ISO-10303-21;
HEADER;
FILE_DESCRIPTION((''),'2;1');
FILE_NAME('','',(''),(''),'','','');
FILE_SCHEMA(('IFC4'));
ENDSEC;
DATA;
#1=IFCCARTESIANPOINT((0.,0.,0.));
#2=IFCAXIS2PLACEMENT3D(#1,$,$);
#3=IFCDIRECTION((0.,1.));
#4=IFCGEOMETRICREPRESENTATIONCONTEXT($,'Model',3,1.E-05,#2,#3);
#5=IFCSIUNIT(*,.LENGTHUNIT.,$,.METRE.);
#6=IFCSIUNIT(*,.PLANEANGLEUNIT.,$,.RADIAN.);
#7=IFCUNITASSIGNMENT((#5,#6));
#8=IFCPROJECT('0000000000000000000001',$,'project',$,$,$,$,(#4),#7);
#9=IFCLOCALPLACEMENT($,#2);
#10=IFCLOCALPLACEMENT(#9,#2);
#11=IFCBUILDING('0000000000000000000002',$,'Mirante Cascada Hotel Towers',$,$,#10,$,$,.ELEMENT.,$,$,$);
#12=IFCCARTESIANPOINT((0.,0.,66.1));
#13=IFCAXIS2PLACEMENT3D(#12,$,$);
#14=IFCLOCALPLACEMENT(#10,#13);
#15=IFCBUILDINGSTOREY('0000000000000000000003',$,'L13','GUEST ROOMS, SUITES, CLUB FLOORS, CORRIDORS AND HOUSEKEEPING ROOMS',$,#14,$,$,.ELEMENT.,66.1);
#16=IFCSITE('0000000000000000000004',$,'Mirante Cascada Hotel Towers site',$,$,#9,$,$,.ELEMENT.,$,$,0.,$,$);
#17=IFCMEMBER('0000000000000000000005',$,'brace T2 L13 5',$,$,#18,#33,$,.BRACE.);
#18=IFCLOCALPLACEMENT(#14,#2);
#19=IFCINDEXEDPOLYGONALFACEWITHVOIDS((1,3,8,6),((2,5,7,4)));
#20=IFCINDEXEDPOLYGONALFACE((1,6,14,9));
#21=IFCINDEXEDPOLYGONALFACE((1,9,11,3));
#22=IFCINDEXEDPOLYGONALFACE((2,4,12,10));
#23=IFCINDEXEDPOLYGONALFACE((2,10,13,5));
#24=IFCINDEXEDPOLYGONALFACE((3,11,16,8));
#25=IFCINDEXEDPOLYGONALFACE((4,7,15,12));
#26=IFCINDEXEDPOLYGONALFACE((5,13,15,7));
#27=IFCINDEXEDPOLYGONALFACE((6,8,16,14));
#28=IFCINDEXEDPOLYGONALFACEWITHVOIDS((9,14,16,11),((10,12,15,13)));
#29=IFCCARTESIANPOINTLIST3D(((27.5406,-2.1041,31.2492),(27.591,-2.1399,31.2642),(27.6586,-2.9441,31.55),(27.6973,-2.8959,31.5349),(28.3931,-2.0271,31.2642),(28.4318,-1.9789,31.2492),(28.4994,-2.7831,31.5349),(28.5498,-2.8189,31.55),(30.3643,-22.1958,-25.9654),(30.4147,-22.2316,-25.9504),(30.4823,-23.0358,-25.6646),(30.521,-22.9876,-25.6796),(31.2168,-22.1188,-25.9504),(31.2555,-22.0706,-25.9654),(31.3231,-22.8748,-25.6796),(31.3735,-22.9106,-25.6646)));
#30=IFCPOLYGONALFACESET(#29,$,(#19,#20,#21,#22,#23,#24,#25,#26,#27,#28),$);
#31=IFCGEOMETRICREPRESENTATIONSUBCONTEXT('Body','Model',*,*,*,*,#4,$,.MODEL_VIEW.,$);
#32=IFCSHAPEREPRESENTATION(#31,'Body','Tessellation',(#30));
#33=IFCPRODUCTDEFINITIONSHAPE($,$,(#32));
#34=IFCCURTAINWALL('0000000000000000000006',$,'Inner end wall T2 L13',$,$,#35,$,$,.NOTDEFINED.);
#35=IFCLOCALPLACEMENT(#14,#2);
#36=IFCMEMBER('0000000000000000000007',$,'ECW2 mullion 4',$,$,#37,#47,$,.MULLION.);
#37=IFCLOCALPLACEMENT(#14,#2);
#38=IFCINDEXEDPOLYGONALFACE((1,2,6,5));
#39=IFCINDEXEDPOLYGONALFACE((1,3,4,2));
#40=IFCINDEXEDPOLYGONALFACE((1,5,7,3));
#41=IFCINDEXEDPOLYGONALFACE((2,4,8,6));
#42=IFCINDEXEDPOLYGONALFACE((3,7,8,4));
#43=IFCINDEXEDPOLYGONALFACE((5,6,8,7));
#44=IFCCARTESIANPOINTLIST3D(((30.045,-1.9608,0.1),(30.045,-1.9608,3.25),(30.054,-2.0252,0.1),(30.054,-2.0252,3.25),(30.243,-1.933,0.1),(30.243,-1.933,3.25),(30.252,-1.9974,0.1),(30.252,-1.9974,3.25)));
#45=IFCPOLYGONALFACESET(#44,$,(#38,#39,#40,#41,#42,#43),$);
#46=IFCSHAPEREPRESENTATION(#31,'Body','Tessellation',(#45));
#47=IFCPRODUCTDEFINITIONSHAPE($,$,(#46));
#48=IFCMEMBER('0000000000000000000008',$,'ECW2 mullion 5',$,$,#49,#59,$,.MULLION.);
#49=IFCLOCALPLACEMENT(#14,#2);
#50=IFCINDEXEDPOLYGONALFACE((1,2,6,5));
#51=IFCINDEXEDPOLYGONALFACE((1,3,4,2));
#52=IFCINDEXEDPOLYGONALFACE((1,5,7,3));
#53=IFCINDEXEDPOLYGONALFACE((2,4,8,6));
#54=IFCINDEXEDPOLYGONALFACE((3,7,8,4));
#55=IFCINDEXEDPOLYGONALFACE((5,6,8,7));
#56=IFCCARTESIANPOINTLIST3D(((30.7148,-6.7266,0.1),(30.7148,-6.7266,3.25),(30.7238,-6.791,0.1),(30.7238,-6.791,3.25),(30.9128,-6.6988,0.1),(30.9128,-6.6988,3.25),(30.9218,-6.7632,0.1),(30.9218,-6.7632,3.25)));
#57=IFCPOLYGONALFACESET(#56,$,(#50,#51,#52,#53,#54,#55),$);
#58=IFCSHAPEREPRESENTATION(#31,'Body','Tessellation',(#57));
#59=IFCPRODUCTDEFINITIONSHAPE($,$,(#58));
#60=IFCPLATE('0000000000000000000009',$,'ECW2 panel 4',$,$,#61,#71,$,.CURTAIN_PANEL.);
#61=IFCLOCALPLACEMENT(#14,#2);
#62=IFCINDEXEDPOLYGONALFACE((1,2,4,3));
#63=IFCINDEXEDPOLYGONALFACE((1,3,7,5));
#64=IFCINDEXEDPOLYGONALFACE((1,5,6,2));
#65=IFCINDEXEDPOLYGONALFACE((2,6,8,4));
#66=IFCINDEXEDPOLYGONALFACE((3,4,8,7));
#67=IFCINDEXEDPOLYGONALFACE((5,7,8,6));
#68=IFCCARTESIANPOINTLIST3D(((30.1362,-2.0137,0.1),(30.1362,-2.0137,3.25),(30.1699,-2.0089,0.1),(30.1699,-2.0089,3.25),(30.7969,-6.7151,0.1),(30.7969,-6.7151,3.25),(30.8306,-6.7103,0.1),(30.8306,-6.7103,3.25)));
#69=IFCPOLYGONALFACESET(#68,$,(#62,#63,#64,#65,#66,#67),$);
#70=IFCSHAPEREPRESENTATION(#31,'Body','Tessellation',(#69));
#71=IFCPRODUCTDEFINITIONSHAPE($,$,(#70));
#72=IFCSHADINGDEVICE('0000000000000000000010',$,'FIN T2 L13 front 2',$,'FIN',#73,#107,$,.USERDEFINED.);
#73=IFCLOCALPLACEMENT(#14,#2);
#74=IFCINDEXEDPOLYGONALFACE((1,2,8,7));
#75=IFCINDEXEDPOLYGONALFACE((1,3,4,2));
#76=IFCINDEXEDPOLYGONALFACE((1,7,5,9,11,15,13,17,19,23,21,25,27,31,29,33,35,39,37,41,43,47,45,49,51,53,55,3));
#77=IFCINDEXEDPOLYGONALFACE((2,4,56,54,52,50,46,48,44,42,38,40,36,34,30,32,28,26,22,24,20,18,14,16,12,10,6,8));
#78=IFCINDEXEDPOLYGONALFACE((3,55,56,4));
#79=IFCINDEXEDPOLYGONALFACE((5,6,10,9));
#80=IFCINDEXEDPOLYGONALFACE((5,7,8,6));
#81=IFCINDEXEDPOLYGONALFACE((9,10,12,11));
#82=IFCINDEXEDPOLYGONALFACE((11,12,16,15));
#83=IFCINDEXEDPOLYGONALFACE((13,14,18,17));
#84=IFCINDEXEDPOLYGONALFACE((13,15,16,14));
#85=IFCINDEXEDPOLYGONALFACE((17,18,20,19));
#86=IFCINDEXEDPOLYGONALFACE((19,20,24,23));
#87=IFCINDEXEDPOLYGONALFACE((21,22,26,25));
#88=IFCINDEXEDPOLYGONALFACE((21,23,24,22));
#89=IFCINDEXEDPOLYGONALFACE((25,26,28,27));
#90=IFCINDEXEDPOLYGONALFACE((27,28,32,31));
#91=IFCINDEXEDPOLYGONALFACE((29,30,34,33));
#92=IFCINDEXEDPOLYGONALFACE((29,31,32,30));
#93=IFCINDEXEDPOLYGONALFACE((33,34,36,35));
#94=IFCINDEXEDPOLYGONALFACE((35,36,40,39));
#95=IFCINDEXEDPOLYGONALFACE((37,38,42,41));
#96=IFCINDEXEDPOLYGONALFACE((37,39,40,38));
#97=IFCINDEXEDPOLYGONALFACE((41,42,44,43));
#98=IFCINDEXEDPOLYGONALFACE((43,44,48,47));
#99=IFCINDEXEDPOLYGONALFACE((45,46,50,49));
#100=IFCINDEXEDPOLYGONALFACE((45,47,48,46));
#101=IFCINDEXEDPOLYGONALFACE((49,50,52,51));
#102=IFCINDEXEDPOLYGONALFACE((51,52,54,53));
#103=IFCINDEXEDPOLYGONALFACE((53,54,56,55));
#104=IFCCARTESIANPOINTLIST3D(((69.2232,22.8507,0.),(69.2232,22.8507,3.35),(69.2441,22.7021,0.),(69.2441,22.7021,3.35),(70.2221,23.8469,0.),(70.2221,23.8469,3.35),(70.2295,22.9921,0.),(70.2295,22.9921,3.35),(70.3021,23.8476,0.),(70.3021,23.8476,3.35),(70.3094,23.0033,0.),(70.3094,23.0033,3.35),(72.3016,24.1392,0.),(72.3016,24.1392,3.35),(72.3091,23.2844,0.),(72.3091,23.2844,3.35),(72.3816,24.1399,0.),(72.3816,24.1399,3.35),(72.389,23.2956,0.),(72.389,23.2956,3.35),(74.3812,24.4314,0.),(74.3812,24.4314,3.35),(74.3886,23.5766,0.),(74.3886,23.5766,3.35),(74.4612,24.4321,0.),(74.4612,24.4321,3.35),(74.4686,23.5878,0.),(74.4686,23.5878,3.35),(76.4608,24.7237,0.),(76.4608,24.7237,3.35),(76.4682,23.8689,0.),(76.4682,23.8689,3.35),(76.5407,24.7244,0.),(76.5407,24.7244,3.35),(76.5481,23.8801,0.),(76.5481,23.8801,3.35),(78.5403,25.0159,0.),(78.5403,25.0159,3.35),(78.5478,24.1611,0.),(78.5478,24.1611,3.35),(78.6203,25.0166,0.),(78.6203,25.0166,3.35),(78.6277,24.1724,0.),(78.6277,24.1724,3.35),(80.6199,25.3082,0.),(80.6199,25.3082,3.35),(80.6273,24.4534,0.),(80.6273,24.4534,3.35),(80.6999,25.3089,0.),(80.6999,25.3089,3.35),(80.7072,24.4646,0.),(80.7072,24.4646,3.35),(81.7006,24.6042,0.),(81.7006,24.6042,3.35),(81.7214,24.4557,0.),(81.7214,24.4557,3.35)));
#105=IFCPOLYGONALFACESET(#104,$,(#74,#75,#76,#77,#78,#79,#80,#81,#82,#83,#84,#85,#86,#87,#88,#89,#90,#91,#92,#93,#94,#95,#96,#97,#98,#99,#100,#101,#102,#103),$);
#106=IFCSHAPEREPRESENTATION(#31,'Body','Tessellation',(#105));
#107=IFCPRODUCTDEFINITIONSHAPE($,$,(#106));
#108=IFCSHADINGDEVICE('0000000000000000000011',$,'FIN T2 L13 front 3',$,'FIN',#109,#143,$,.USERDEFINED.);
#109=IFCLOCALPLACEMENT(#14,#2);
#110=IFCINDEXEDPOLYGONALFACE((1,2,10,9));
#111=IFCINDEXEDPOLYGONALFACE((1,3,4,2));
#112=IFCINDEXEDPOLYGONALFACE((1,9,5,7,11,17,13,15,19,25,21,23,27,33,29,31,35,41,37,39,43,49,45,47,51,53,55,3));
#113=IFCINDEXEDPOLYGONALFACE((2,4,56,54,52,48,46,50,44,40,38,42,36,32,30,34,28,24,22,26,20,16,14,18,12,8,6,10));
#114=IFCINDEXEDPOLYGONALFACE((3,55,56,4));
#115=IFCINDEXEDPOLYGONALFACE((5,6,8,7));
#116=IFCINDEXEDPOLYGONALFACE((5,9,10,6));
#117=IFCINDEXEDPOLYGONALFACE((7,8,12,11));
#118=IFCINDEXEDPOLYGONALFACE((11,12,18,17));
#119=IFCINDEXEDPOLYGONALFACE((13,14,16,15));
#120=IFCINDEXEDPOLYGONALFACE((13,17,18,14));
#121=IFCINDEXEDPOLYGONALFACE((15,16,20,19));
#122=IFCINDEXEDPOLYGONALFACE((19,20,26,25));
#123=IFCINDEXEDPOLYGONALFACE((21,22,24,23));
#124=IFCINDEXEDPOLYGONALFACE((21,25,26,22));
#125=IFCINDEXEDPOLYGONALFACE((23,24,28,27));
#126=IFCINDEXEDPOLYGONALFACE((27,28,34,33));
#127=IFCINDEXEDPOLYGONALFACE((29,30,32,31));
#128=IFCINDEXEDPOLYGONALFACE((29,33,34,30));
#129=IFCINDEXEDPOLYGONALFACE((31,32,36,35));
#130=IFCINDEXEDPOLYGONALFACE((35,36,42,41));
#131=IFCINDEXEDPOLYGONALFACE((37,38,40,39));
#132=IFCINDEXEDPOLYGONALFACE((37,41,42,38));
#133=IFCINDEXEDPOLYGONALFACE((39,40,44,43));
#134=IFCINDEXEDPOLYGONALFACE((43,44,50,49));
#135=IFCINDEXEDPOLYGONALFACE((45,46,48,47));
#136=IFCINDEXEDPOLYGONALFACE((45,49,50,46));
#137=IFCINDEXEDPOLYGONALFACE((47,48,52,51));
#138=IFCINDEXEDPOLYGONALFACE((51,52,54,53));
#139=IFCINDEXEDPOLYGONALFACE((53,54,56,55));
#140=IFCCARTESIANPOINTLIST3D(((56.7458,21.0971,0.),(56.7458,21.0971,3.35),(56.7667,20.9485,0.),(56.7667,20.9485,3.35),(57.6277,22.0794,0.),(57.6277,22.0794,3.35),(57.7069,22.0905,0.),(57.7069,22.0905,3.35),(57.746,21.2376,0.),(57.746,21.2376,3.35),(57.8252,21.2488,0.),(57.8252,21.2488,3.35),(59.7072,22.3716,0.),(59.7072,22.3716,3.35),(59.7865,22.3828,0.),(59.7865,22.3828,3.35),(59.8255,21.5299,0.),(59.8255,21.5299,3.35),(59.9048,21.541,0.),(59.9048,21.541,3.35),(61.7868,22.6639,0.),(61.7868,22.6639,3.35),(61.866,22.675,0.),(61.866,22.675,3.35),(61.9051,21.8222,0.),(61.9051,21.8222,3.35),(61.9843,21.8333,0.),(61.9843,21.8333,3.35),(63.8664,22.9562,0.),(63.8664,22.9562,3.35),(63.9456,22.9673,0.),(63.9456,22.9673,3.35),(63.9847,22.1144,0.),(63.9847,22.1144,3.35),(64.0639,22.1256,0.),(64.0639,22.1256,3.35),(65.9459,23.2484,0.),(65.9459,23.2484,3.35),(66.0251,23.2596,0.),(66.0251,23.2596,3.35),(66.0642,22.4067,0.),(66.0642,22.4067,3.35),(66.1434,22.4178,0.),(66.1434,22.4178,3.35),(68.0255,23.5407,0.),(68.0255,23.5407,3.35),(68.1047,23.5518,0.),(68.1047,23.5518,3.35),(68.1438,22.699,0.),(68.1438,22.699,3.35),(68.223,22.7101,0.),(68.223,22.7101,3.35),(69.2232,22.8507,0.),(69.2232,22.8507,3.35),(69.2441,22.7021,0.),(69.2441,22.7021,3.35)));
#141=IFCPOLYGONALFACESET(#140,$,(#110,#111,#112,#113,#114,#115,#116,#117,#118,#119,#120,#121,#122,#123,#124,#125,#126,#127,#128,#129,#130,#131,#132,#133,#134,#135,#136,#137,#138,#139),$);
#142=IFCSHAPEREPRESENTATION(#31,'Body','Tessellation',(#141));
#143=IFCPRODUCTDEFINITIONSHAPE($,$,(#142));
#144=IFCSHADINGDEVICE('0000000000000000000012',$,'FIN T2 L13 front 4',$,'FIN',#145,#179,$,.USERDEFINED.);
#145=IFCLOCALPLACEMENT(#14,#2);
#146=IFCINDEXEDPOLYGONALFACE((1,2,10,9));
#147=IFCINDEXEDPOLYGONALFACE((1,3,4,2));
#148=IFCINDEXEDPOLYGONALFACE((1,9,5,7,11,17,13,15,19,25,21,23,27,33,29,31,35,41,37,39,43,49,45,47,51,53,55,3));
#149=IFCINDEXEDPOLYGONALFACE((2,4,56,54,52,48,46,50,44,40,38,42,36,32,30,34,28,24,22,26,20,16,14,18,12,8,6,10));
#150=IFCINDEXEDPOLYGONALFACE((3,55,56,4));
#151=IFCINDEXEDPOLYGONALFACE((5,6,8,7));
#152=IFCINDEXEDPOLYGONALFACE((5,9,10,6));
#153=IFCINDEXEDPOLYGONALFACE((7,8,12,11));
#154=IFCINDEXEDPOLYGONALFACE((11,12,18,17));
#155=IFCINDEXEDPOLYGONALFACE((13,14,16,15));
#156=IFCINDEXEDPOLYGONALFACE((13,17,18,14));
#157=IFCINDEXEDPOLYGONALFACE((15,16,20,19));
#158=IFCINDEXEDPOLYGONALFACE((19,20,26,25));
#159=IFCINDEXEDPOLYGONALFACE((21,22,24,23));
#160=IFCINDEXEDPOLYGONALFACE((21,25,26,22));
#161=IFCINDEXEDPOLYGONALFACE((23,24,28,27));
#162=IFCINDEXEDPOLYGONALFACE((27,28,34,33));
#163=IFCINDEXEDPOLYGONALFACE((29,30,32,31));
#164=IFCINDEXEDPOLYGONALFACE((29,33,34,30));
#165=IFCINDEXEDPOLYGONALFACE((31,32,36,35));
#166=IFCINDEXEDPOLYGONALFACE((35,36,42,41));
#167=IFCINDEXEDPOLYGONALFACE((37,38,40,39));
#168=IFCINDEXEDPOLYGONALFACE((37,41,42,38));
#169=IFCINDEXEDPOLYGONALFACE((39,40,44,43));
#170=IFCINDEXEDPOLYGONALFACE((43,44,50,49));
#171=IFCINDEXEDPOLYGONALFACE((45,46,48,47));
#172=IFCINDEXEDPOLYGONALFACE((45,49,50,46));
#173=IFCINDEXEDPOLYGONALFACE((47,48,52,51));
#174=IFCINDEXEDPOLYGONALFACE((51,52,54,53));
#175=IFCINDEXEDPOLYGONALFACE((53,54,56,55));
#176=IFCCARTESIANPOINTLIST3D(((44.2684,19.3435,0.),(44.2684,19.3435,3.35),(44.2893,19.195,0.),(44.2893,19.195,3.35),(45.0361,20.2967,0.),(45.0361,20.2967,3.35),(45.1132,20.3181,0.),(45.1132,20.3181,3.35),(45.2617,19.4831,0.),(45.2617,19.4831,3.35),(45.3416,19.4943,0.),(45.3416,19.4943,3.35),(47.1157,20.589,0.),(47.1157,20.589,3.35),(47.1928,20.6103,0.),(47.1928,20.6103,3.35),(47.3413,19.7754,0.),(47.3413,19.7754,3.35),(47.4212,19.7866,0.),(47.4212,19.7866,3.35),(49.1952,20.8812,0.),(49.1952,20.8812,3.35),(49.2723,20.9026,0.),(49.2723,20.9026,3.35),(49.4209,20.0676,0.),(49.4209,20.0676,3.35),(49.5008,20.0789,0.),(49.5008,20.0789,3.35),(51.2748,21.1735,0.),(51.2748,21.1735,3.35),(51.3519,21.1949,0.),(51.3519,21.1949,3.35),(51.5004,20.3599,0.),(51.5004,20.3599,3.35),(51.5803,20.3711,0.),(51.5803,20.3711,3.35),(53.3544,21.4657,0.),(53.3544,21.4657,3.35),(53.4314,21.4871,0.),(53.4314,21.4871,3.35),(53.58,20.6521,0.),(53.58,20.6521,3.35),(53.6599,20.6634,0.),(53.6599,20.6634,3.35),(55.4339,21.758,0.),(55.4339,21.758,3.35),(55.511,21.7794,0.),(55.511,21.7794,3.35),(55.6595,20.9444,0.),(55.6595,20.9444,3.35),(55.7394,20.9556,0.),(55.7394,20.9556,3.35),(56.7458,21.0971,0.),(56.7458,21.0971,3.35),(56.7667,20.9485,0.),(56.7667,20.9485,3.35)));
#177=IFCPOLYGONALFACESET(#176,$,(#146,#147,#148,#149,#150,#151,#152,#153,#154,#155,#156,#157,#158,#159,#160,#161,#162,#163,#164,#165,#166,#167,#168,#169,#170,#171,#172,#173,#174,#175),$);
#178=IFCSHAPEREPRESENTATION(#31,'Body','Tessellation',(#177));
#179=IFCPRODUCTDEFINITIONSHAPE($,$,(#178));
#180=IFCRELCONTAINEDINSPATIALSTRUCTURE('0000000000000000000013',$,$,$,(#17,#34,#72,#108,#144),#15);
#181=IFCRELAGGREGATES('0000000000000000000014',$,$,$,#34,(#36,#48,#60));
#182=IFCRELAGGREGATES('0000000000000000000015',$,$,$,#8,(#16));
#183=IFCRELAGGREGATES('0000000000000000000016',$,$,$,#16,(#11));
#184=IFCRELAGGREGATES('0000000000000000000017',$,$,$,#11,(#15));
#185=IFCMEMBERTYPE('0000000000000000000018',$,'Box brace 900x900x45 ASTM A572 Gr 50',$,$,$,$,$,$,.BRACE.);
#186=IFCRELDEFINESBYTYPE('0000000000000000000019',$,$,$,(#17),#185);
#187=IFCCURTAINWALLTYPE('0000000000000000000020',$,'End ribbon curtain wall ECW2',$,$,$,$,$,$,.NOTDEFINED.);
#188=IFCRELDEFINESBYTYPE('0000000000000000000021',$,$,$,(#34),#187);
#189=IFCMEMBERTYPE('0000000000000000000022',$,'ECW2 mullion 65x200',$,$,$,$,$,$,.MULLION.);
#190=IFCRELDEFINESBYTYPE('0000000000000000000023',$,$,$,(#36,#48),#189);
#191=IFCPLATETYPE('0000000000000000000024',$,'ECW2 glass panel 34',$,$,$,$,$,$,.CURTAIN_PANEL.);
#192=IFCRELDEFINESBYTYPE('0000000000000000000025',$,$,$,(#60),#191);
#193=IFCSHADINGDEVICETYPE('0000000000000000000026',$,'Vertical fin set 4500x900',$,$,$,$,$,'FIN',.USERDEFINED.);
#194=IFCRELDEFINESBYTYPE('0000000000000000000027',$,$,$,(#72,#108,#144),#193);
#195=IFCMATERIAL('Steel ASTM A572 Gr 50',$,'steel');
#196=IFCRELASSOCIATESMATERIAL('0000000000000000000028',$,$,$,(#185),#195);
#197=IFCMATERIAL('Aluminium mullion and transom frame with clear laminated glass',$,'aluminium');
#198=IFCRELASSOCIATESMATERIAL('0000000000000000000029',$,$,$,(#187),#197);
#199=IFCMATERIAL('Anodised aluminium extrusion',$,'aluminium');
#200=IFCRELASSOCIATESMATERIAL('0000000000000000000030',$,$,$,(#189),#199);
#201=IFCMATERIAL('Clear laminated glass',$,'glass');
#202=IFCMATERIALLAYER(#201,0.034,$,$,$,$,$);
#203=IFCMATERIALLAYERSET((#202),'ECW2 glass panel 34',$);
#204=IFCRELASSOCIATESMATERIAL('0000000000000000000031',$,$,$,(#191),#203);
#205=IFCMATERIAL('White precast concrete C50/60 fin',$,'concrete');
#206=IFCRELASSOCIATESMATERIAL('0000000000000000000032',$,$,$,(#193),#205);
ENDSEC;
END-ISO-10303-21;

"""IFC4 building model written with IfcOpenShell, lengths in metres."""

from ifc_helpers import new_model, si_unit, direction, frame, origin, origin_2d, place, context, subcontext, project, spatial, polyline, rectangle, hollow_rectangle, outline, extrude, material, layer, layer_set, material_profile, profile_set, type_object, element, aggregate, save


model = new_model("IFC4")

# Units and contexts
model_context = context("Model", 3, precision=1e-05, world=origin(), true_north=direction((0.0, 1.0)))
body_context = subcontext(model_context, "Body", "Model", "MODEL_VIEW")
ifc_project = project(units=[si_unit("LENGTHUNIT", "METRE"), si_unit("PLANEANGLEUNIT", "RADIAN")], contexts=[model_context])

# Site, building, storey
site_placement = place(None, origin())
site = spatial("IfcSite", under=ifc_project, at=site_placement, Name="Mirante Cascada Hotel Towers site", CompositionType="ELEMENT", RefElevation=0.0)
building_placement = place(site_placement, origin())
building = spatial("IfcBuilding", under=site, at=building_placement, Name="Mirante Cascada Hotel Towers", CompositionType="ELEMENT")
storey_placement = place(building_placement, frame((0.0, 0.0, 66.1)))
storey = spatial("IfcBuildingStorey", under=building, at=storey_placement, Name="L13", Description="GUEST ROOMS, SUITES, CLUB FLOORS, CORRIDORS AND HOUSEKEEPING ROOMS", CompositionType="ELEMENT", Elevation=66.1)

# Member
ifc_material_1 = material(Name="Steel ASTM A572 Gr 50", Category="steel")
ifc_material_profile_1 = material_profile(ifc_material_1, hollow_rectangle(XDim=0.9, YDim=0.9, WallThickness=0.045, at=origin_2d()), Name="Box brace 900x900x45 ASTM A572 Gr 50")
ifc_profile_set_1 = profile_set([ifc_material_profile_1], Name="Steel ASTM A572 Gr 50")
member_type_1 = type_object("IfcMemberType", Name="Box brace 900x900x45 ASTM A572 Gr 50", PredefinedType="BRACE", material=ifc_profile_set_1)
member_1_placement = place(storey_placement, frame((30.8689, -22.5532, -25.815), z_axis=(-0.046515, 0.33097, 0.942494), x_axis=(-0.990268, -0.139173, 0.0)))
element("IfcMember", 1, at=member_1_placement, inside=storey, type_object=member_type_1, Name="brace T2 L13 5", PredefinedType="BRACE", context=body_context, shape_type="SweptSolid", body=[
    extrude(hollow_rectangle(XDim=0.9, YDim=0.9, WallThickness=0.045, at=origin_2d()), origin(), (0.0, 0.0, 1.0), 60.7055),
])

# Curtain wall, members, plate
ifc_material_2 = material(Name="Aluminium mullion and transom frame with clear laminated glass", Category="aluminium")
curtain_wall_type = type_object("IfcCurtainWallType", Name="End ribbon curtain wall ECW2", PredefinedType="NOTDEFINED", material=ifc_material_2)
curtain_wall_placement = place(storey_placement, origin())
curtain_wall = element("IfcCurtainWall", 2, at=curtain_wall_placement, inside=storey, type_object=curtain_wall_type, Name="Inner end wall T2 L13", PredefinedType="NOTDEFINED")
ifc_material_3 = material(Name="Anodised aluminium extrusion", Category="aluminium")
ifc_material_profile_2 = material_profile(ifc_material_3, rectangle(XDim=0.2, YDim=0.065, at=origin_2d()), Name="ECW2 MULLION 65x200")
ifc_profile_set_2 = profile_set([ifc_material_profile_2], Name="Anodised aluminium extrusion")
member_type_2 = type_object("IfcMemberType", Name="ECW2 mullion 65x200", PredefinedType="MULLION", material=ifc_profile_set_2)
member_2_placement = place(storey_placement, frame((30.1485, -1.9791, 0.1), z_axis=(0.0, 0.0, 1.0), x_axis=(0.990268, 0.139173, 0.0)))
member_2 = element("IfcMember", 3, at=member_2_placement, type_object=member_type_2, Name="ECW2 mullion 4", PredefinedType="MULLION", context=body_context, shape_type="SweptSolid", body=[
    extrude(rectangle(XDim=0.2, YDim=0.065, at=origin_2d()), origin(), (0.0, 0.0, 1.0), 3.15),
])
member_3_placement = place(storey_placement, frame((30.8183, -6.7449, 0.1), z_axis=(0.0, 0.0, 1.0), x_axis=(0.990268, 0.139173, 0.0)))
member_3 = element("IfcMember", 4, at=member_3_placement, type_object=member_type_2, Name="ECW2 mullion 5", PredefinedType="MULLION", context=body_context, shape_type="SweptSolid", body=[
    extrude(rectangle(XDim=0.2, YDim=0.065, at=origin_2d()), origin(), (0.0, 0.0, 1.0), 3.15),
])
ifc_material_4 = material(Name="Clear laminated glass", Category="glass")
ifc_layer = layer(ifc_material_4, 0.034)
ifc_layer_set = layer_set([ifc_layer], Name="ECW2 glass panel 34")
plate_type = type_object("IfcPlateType", Name="ECW2 glass panel 34", PredefinedType="CURTAIN_PANEL", material=ifc_layer_set)
plate_placement = place(storey_placement, frame((30.4834, -4.362, 0.1), z_axis=(0.0, 0.0, 1.0), x_axis=(0.139173, -0.990268, 0.0)))
plate = element("IfcPlate", 5, at=plate_placement, type_object=plate_type, Name="ECW2 panel 4", PredefinedType="CURTAIN_PANEL", context=body_context, shape_type="SweptSolid", body=[
    extrude(rectangle(XDim=4.7476, YDim=0.034, at=origin_2d()), origin(), (0.0, 0.0, 1.0), 3.15),
])
aggregate(curtain_wall, [member_2, member_3, plate])

# Shading devices
ifc_material_5 = material(Name="White precast concrete C50/60 fin", Category="concrete")
shading_device_type = type_object("IfcShadingDeviceType", Name="Vertical fin set 4500x900", ElementType="FIN", PredefinedType="USERDEFINED", material=ifc_material_5)
shading_device_1_placement = place(storey_placement, origin())
element("IfcShadingDevice", 6, at=shading_device_1_placement, inside=storey, type_object=shading_device_type, Name="FIN T2 L13 front 2", ObjectType="FIN", PredefinedType="USERDEFINED", context=body_context, shape_type="SweptSolid", body=[
    extrude(outline(polyline([(70.3021, 23.8476), (70.3094, 23.0033), (72.3091, 23.2844), (72.3016, 24.1392), (72.3816, 24.1399), (72.389, 23.2956), (74.3886, 23.5766), (74.3812, 24.4314), (74.4612, 24.4321), (74.4686, 23.5878), (76.4682, 23.8689), (76.4608, 24.7237), (76.5407, 24.7244), (76.5481, 23.8801), (78.5478, 24.1611), (78.5403, 25.0159), (78.6203, 25.0166), (78.6277, 24.1724), (80.6273, 24.4534), (80.6199, 25.3082), (80.6999, 25.3089), (80.7072, 24.4646), (81.7006, 24.6042), (81.7214, 24.4557), (69.2441, 22.7021), (69.2232, 22.8507), (70.2295, 22.9921), (70.2221, 23.8469), (70.3021, 23.8476)])), origin(), (0.0, 0.0, 1.0), 3.35),
])
shading_device_2_placement = place(storey_placement, origin())
element("IfcShadingDevice", 7, at=shading_device_2_placement, inside=storey, type_object=shading_device_type, Name="FIN T2 L13 front 3", ObjectType="FIN", PredefinedType="USERDEFINED", context=body_context, shape_type="SweptSolid", body=[
    extrude(outline(polyline([(57.7069, 22.0905), (57.8252, 21.2488), (59.8255, 21.5299), (59.7072, 22.3716), (59.7865, 22.3828), (59.9048, 21.541), (61.9051, 21.8222), (61.7868, 22.6639), (61.866, 22.675), (61.9843, 21.8333), (63.9847, 22.1144), (63.8664, 22.9562), (63.9456, 22.9673), (64.0639, 22.1256), (66.0642, 22.4067), (65.9459, 23.2484), (66.0251, 23.2596), (66.1434, 22.4178), (68.1438, 22.699), (68.0255, 23.5407), (68.1047, 23.5518), (68.223, 22.7101), (69.2232, 22.8507), (69.2441, 22.7021), (56.7667, 20.9485), (56.7458, 21.0971), (57.746, 21.2376), (57.6277, 22.0794), (57.7069, 22.0905)])), origin(), (0.0, 0.0, 1.0), 3.35),
])
shading_device_3_placement = place(storey_placement, origin())
element("IfcShadingDevice", 8, at=shading_device_3_placement, inside=storey, type_object=shading_device_type, Name="FIN T2 L13 front 4", ObjectType="FIN", PredefinedType="USERDEFINED", context=body_context, shape_type="SweptSolid", body=[
    extrude(outline(polyline([(45.1132, 20.3181), (45.3416, 19.4943), (47.3413, 19.7754), (47.1157, 20.589), (47.1928, 20.6103), (47.4212, 19.7866), (49.4209, 20.0676), (49.1952, 20.8812), (49.2723, 20.9026), (49.5008, 20.0789), (51.5004, 20.3599), (51.2748, 21.1735), (51.3519, 21.1949), (51.5803, 20.3711), (53.58, 20.6521), (53.3544, 21.4657), (53.4314, 21.4871), (53.6599, 20.6634), (55.6595, 20.9444), (55.4339, 21.758), (55.511, 21.7794), (55.7394, 20.9556), (56.7458, 21.0971), (56.7667, 20.9485), (44.2893, 19.195), (44.2684, 19.3435), (45.2617, 19.4831), (45.0361, 20.2967), (45.1132, 20.3181)])), origin(), (0.0, 0.0, 1.0), 3.35),
])

save(model, "model.ifc")
